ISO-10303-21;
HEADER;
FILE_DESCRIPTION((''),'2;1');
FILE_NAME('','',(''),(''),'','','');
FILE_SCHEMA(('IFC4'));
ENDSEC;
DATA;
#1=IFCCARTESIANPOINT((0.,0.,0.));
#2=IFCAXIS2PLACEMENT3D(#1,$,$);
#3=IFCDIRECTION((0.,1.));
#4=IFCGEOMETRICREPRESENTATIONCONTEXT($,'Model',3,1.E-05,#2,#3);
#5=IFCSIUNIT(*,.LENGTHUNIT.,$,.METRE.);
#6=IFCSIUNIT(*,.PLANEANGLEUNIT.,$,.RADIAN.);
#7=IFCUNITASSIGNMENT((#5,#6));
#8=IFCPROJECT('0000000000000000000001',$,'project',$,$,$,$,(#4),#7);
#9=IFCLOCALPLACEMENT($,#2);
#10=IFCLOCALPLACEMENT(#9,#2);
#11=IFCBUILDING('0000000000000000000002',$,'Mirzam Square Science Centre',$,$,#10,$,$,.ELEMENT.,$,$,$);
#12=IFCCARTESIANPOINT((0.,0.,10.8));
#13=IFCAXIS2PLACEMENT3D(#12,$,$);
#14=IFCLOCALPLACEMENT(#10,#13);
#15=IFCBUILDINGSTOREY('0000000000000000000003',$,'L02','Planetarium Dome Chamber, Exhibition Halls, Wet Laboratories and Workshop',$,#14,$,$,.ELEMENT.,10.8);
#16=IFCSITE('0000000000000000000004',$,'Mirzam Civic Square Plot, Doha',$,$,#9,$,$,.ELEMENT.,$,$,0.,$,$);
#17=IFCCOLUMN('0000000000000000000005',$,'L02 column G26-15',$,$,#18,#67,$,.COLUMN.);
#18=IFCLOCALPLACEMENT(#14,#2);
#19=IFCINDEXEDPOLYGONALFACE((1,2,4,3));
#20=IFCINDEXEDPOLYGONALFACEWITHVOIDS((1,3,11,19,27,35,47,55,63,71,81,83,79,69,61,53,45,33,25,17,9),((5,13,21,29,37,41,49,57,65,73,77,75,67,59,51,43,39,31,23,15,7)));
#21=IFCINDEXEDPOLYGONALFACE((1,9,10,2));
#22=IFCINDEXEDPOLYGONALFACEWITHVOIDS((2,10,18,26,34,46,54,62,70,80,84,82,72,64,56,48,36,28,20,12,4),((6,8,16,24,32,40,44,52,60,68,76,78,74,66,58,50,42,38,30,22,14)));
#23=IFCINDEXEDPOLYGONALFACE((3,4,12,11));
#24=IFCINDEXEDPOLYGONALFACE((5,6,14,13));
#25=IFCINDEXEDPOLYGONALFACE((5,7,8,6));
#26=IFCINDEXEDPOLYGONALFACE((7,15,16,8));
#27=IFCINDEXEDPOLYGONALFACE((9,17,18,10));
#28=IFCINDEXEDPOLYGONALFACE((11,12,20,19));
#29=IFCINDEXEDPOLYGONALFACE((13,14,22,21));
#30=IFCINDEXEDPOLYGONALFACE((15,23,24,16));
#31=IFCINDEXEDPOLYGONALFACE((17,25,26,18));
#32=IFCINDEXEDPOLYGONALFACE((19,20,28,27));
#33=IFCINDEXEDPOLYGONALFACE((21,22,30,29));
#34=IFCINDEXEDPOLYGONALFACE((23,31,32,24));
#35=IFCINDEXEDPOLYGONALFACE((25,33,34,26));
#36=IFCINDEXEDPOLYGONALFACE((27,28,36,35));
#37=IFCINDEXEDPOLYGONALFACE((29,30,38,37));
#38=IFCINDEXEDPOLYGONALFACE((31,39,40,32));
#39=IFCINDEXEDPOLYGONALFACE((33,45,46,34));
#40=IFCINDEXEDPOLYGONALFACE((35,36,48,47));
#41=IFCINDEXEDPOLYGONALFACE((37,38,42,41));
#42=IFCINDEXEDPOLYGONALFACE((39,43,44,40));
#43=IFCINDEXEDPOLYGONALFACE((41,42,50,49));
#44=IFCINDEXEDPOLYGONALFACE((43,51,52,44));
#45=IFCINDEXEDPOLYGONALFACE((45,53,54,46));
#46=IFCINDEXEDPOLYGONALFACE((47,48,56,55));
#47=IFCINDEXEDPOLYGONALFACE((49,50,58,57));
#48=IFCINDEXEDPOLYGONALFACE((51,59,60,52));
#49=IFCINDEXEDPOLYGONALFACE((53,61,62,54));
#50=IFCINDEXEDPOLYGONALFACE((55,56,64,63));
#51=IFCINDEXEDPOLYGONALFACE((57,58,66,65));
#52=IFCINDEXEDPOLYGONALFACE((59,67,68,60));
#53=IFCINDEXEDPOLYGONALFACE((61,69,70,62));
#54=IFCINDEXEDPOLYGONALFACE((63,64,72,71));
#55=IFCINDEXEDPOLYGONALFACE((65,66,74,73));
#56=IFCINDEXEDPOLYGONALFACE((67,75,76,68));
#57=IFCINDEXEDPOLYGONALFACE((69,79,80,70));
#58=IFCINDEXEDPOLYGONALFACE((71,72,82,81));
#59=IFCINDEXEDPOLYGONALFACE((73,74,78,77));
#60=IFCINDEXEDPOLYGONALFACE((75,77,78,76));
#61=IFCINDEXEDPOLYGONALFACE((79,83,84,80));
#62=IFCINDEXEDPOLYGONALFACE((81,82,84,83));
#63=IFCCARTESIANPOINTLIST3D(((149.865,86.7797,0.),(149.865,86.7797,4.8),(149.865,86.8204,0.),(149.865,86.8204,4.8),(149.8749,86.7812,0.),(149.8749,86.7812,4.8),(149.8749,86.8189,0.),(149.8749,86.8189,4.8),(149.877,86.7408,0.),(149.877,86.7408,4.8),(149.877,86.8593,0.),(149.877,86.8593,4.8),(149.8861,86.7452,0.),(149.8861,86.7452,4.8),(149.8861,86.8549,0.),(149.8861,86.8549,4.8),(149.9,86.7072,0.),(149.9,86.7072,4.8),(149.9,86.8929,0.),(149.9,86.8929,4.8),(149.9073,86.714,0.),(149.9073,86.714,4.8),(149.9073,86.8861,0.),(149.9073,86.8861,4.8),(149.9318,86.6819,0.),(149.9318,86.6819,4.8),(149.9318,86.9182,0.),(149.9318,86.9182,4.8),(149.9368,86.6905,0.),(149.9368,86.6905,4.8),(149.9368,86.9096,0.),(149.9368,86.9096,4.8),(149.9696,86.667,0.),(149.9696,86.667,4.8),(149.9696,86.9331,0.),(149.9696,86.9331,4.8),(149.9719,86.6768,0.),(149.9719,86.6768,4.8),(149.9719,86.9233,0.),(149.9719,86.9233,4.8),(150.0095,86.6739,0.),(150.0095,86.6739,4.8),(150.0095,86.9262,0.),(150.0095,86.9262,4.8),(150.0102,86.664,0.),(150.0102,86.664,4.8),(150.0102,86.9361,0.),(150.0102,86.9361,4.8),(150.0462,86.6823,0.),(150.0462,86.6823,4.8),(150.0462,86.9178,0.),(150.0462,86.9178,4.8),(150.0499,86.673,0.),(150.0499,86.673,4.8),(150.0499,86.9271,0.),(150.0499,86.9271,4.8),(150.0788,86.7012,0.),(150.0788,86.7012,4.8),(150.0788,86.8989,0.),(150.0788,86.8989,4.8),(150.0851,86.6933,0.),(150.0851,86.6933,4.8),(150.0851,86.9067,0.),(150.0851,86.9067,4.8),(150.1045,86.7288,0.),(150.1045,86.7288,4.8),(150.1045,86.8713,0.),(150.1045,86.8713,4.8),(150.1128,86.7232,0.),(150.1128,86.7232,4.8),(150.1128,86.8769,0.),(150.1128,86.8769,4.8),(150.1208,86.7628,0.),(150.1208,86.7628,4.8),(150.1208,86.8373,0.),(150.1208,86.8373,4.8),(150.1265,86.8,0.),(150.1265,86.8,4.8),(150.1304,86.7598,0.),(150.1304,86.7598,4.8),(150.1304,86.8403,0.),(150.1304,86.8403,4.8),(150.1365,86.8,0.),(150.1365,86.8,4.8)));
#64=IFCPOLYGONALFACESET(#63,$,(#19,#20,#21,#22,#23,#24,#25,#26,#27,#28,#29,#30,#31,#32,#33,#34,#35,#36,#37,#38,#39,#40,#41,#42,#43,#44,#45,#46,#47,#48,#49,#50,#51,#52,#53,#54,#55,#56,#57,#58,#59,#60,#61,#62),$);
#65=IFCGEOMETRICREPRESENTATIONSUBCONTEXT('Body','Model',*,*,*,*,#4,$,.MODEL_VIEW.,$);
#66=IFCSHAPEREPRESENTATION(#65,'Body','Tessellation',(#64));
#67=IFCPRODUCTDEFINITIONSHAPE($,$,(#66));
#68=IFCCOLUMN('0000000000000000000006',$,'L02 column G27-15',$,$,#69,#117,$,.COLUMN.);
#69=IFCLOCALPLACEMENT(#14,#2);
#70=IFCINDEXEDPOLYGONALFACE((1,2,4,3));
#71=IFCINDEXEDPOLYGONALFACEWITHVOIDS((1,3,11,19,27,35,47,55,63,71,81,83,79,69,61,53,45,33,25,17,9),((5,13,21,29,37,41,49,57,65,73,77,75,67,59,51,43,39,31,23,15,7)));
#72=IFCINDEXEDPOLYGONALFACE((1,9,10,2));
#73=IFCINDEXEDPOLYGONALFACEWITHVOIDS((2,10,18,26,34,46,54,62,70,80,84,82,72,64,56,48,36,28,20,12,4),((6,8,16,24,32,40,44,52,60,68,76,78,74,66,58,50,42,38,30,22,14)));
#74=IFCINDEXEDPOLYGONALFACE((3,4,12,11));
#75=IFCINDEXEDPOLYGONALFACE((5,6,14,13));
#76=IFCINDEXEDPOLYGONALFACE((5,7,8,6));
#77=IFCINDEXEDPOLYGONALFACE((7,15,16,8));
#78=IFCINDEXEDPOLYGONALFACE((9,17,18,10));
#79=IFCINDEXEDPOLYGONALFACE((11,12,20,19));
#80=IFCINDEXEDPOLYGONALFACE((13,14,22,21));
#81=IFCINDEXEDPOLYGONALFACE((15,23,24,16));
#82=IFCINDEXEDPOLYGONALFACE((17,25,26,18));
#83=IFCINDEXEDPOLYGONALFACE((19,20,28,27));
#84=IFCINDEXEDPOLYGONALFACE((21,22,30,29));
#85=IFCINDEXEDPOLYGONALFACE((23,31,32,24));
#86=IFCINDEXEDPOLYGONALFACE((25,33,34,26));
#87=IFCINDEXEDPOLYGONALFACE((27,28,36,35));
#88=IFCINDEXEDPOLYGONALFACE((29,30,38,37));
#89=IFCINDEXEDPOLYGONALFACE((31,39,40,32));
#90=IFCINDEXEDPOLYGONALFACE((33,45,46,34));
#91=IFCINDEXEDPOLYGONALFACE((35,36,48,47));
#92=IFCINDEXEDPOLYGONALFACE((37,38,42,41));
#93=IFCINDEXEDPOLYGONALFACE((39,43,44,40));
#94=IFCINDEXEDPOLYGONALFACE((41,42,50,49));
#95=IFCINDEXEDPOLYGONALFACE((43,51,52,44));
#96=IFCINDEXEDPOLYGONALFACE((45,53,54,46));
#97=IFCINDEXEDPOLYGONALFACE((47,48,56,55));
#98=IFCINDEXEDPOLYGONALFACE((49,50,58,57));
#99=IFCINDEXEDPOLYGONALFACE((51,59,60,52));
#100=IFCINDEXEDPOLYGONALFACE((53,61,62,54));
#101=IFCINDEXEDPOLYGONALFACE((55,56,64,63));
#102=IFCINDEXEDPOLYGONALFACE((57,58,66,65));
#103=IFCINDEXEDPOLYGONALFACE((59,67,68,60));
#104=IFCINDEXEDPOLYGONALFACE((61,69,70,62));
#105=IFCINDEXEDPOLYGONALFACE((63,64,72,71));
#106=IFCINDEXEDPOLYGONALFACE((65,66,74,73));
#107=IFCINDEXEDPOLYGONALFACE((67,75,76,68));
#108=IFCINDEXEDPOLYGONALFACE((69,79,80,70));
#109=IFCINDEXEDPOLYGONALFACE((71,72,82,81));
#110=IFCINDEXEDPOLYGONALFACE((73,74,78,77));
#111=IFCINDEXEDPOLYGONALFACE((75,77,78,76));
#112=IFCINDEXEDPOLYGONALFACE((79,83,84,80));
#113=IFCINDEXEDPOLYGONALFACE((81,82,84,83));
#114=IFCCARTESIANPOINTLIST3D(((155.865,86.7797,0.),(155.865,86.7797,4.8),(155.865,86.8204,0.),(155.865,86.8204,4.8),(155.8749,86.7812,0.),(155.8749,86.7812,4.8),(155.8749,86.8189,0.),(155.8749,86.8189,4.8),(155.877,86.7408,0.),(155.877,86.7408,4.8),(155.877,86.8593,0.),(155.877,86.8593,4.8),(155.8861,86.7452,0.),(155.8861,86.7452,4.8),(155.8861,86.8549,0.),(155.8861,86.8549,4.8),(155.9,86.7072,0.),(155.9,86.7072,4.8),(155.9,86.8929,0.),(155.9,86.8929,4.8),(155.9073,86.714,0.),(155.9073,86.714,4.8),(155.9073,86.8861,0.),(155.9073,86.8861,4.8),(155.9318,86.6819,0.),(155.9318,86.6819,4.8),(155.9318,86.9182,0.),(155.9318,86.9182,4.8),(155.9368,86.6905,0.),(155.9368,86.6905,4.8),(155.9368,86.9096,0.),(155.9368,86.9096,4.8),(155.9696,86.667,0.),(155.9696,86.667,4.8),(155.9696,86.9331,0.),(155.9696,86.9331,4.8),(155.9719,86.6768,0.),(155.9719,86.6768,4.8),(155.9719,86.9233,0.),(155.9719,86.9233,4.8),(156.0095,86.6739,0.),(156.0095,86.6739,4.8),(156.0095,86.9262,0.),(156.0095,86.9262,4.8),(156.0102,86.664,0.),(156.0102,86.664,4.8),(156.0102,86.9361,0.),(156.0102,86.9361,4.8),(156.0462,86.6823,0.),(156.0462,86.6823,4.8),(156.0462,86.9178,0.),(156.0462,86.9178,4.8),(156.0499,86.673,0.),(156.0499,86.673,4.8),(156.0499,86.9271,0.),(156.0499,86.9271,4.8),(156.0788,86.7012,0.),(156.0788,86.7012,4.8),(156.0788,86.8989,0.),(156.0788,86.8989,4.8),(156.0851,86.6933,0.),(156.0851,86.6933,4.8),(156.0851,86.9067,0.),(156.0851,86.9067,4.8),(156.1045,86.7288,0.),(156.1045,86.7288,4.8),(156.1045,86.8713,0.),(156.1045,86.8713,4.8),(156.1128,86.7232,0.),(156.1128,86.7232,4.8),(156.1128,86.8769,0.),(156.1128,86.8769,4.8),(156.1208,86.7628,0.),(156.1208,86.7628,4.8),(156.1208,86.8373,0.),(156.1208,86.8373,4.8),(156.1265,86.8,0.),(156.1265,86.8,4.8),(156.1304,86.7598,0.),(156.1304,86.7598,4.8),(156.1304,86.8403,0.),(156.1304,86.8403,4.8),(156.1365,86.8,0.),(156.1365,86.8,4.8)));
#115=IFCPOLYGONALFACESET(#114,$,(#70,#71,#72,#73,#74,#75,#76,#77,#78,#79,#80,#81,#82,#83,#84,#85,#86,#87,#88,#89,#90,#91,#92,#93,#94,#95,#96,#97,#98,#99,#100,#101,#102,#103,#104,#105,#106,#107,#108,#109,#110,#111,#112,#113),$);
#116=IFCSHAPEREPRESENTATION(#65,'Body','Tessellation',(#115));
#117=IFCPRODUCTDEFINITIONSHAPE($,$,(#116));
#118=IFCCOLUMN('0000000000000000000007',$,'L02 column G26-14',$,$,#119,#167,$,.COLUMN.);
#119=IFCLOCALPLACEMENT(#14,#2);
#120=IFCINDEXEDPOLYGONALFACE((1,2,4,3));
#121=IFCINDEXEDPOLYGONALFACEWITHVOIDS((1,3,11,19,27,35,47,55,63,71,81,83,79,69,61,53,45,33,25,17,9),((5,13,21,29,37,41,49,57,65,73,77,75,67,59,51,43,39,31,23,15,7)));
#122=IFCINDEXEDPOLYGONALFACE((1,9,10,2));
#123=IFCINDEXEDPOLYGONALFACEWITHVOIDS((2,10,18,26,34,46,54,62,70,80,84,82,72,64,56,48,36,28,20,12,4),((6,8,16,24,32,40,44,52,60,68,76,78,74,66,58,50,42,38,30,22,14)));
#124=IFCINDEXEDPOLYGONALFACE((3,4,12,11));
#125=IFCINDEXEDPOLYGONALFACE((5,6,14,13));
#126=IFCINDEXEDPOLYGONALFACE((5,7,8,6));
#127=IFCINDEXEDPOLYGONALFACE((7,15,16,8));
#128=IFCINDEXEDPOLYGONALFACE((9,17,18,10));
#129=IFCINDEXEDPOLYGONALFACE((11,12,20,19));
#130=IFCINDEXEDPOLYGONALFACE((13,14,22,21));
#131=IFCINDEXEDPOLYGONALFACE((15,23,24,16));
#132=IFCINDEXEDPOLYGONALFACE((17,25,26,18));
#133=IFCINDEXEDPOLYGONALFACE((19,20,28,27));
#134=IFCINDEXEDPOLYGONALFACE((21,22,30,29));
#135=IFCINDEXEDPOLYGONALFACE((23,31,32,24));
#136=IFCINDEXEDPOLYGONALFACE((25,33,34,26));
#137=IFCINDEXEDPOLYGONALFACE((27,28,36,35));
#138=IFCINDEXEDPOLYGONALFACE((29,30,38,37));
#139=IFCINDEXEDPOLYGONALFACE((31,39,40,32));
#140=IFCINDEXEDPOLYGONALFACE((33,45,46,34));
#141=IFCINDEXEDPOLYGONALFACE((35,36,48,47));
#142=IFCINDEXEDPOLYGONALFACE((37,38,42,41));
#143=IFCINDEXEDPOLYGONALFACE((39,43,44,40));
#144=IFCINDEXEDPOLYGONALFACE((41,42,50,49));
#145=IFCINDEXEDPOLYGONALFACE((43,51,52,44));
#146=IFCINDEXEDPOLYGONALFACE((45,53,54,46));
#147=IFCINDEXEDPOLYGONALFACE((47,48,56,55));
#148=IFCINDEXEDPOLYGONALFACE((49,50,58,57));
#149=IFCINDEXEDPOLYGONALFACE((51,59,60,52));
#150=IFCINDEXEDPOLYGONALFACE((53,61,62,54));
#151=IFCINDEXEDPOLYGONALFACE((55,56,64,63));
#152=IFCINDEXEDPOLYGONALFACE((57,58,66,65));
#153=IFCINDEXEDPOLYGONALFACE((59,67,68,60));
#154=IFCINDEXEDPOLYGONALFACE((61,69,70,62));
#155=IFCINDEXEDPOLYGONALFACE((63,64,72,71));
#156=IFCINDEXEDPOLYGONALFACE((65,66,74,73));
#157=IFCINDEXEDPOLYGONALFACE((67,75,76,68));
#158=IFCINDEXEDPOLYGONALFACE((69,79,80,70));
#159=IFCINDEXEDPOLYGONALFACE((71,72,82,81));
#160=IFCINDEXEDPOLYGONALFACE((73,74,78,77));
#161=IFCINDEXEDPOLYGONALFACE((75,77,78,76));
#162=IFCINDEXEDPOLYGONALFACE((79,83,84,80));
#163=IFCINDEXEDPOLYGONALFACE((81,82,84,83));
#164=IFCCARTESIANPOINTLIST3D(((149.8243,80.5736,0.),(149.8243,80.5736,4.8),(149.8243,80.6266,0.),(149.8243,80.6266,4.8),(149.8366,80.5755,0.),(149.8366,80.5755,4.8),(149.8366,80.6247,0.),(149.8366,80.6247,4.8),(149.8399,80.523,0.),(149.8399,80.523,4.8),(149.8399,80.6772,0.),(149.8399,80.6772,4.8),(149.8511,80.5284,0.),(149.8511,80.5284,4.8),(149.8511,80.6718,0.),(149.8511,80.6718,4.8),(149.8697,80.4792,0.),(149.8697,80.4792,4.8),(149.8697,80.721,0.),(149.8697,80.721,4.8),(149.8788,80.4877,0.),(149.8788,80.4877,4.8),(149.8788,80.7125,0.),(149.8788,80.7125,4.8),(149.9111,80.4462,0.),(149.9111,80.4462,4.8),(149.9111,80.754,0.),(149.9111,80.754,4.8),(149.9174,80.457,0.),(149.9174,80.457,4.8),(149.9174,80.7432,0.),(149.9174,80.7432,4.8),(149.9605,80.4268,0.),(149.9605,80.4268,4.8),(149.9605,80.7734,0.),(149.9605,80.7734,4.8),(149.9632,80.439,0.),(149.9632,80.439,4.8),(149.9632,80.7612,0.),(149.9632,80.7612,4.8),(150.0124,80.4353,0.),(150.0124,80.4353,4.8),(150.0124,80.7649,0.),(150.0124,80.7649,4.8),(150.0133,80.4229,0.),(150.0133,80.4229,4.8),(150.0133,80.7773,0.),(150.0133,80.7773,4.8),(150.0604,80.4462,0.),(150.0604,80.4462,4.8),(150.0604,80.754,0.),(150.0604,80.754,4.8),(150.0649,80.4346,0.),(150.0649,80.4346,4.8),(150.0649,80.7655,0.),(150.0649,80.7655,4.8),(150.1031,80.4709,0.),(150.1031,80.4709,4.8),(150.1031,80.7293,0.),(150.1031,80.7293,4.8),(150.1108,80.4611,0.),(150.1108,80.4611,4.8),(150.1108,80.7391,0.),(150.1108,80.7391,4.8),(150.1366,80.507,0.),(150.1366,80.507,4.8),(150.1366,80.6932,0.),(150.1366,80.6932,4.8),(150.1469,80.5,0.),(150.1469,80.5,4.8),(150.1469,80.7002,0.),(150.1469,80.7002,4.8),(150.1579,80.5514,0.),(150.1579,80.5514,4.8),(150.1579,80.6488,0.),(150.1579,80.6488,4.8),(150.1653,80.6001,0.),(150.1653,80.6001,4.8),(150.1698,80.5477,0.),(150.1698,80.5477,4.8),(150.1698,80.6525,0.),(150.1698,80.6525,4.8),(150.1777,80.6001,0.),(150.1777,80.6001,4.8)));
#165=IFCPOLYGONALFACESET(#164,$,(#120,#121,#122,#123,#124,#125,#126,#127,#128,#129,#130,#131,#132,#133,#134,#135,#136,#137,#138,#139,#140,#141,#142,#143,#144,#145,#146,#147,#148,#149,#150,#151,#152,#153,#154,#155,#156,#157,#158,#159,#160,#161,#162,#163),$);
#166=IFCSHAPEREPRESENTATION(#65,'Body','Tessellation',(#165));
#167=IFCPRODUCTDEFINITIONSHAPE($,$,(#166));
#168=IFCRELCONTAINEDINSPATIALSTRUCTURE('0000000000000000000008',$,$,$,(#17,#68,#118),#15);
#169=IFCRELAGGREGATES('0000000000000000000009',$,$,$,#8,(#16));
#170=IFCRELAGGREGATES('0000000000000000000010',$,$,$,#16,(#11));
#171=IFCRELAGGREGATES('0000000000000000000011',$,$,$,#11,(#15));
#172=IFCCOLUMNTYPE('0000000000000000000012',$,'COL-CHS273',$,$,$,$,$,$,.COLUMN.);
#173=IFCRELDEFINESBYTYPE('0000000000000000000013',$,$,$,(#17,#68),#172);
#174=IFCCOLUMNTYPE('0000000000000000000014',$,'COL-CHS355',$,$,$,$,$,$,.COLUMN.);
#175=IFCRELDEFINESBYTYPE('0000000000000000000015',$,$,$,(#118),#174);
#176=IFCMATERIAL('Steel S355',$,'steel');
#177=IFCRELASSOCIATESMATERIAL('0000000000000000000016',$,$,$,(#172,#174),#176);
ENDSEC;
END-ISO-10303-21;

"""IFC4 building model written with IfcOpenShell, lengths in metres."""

from ifc_helpers import new_model, si_unit, direction, frame, origin, origin_2d, place, context, subcontext, project, spatial, hollow_circle, extrude, material, material_profile, profile_set, type_object, element, save


model = new_model("IFC4")

# Units and contexts
model_context = context("Model", 3, precision=1e-05, world=origin(), true_north=direction((0.0, 1.0)))
body_context = subcontext(model_context, "Body", "Model", "MODEL_VIEW")
ifc_project = project(units=[si_unit("LENGTHUNIT", "METRE"), si_unit("PLANEANGLEUNIT", "RADIAN")], contexts=[model_context])

# Site, building, storey
site_placement = place(None, origin())
site = spatial("IfcSite", under=ifc_project, at=site_placement, Name="Mirzam Civic Square Plot, Doha", CompositionType="ELEMENT", RefElevation=0.0)
building_placement = place(site_placement, origin())
building = spatial("IfcBuilding", under=site, at=building_placement, Name="Mirzam Square Science Centre", CompositionType="ELEMENT")
storey_placement = place(building_placement, frame((0.0, 0.0, 10.8)))
storey = spatial("IfcBuildingStorey", under=building, at=storey_placement, Name="L02", Description="Planetarium Dome Chamber, Exhibition Halls, Wet Laboratories and Workshop", CompositionType="ELEMENT", Elevation=10.8)

# Columns
ifc_material_1 = material(Name="Steel S355", Category="steel")
ifc_material_profile_1 = material_profile(ifc_material_1, hollow_circle(Radius=0.1365, WallThickness=0.01, at=origin_2d()), Name="273.0x10.0CHS")
ifc_profile_set_1 = profile_set([ifc_material_profile_1], Name="Steel S355")
column_type_1 = type_object("IfcColumnType", Name="COL-CHS273", PredefinedType="COLUMN", material=ifc_profile_set_1)
for number, where, z_axis, x_axis, name in (
    (1, (150.0, 86.8, 0.0), (0.0, 0.0, 1.0), (1.0, 0.0, 0.0), "L02 column G26-15"),
    (2, (156.0, 86.8, 0.0), (0.0, 0.0, 1.0), (1.0, 0.0, 0.0), "L02 column G27-15"),
):
    element("IfcColumn", number, at=place(storey_placement, frame(where, z_axis=z_axis, x_axis=x_axis)), inside=storey, type_object=column_type_1, Name=name, PredefinedType="COLUMN", context=body_context, shape_type="SweptSolid", body=[
        extrude(hollow_circle(Radius=0.1365, WallThickness=0.01, at=origin_2d()), origin(), (0.0, 0.0, 1.0), 4.8),
    ])
ifc_material_profile_2 = material_profile(ifc_material_1, hollow_circle(Radius=0.1777, WallThickness=0.0125, at=origin_2d()), Name="355.6x12.5CHS")
ifc_profile_set_2 = profile_set([ifc_material_profile_2], Name="Steel S355")
column_type_2 = type_object("IfcColumnType", Name="COL-CHS355", PredefinedType="COLUMN", material=ifc_profile_set_2)
for number, where, z_axis, x_axis, name in (
    (3, (150.0, 80.6001, 0.0), (0.0, 0.0, 1.0), (1.0, 0.0, 0.0), "L02 column G26-14"),
):
    element("IfcColumn", number, at=place(storey_placement, frame(where, z_axis=z_axis, x_axis=x_axis)), inside=storey, type_object=column_type_2, Name=name, PredefinedType="COLUMN", context=body_context, shape_type="SweptSolid", body=[
        extrude(hollow_circle(Radius=0.1777, WallThickness=0.0125, at=origin_2d()), origin(), (0.0, 0.0, 1.0), 4.8),
    ])

save(model, "model.ifc")
